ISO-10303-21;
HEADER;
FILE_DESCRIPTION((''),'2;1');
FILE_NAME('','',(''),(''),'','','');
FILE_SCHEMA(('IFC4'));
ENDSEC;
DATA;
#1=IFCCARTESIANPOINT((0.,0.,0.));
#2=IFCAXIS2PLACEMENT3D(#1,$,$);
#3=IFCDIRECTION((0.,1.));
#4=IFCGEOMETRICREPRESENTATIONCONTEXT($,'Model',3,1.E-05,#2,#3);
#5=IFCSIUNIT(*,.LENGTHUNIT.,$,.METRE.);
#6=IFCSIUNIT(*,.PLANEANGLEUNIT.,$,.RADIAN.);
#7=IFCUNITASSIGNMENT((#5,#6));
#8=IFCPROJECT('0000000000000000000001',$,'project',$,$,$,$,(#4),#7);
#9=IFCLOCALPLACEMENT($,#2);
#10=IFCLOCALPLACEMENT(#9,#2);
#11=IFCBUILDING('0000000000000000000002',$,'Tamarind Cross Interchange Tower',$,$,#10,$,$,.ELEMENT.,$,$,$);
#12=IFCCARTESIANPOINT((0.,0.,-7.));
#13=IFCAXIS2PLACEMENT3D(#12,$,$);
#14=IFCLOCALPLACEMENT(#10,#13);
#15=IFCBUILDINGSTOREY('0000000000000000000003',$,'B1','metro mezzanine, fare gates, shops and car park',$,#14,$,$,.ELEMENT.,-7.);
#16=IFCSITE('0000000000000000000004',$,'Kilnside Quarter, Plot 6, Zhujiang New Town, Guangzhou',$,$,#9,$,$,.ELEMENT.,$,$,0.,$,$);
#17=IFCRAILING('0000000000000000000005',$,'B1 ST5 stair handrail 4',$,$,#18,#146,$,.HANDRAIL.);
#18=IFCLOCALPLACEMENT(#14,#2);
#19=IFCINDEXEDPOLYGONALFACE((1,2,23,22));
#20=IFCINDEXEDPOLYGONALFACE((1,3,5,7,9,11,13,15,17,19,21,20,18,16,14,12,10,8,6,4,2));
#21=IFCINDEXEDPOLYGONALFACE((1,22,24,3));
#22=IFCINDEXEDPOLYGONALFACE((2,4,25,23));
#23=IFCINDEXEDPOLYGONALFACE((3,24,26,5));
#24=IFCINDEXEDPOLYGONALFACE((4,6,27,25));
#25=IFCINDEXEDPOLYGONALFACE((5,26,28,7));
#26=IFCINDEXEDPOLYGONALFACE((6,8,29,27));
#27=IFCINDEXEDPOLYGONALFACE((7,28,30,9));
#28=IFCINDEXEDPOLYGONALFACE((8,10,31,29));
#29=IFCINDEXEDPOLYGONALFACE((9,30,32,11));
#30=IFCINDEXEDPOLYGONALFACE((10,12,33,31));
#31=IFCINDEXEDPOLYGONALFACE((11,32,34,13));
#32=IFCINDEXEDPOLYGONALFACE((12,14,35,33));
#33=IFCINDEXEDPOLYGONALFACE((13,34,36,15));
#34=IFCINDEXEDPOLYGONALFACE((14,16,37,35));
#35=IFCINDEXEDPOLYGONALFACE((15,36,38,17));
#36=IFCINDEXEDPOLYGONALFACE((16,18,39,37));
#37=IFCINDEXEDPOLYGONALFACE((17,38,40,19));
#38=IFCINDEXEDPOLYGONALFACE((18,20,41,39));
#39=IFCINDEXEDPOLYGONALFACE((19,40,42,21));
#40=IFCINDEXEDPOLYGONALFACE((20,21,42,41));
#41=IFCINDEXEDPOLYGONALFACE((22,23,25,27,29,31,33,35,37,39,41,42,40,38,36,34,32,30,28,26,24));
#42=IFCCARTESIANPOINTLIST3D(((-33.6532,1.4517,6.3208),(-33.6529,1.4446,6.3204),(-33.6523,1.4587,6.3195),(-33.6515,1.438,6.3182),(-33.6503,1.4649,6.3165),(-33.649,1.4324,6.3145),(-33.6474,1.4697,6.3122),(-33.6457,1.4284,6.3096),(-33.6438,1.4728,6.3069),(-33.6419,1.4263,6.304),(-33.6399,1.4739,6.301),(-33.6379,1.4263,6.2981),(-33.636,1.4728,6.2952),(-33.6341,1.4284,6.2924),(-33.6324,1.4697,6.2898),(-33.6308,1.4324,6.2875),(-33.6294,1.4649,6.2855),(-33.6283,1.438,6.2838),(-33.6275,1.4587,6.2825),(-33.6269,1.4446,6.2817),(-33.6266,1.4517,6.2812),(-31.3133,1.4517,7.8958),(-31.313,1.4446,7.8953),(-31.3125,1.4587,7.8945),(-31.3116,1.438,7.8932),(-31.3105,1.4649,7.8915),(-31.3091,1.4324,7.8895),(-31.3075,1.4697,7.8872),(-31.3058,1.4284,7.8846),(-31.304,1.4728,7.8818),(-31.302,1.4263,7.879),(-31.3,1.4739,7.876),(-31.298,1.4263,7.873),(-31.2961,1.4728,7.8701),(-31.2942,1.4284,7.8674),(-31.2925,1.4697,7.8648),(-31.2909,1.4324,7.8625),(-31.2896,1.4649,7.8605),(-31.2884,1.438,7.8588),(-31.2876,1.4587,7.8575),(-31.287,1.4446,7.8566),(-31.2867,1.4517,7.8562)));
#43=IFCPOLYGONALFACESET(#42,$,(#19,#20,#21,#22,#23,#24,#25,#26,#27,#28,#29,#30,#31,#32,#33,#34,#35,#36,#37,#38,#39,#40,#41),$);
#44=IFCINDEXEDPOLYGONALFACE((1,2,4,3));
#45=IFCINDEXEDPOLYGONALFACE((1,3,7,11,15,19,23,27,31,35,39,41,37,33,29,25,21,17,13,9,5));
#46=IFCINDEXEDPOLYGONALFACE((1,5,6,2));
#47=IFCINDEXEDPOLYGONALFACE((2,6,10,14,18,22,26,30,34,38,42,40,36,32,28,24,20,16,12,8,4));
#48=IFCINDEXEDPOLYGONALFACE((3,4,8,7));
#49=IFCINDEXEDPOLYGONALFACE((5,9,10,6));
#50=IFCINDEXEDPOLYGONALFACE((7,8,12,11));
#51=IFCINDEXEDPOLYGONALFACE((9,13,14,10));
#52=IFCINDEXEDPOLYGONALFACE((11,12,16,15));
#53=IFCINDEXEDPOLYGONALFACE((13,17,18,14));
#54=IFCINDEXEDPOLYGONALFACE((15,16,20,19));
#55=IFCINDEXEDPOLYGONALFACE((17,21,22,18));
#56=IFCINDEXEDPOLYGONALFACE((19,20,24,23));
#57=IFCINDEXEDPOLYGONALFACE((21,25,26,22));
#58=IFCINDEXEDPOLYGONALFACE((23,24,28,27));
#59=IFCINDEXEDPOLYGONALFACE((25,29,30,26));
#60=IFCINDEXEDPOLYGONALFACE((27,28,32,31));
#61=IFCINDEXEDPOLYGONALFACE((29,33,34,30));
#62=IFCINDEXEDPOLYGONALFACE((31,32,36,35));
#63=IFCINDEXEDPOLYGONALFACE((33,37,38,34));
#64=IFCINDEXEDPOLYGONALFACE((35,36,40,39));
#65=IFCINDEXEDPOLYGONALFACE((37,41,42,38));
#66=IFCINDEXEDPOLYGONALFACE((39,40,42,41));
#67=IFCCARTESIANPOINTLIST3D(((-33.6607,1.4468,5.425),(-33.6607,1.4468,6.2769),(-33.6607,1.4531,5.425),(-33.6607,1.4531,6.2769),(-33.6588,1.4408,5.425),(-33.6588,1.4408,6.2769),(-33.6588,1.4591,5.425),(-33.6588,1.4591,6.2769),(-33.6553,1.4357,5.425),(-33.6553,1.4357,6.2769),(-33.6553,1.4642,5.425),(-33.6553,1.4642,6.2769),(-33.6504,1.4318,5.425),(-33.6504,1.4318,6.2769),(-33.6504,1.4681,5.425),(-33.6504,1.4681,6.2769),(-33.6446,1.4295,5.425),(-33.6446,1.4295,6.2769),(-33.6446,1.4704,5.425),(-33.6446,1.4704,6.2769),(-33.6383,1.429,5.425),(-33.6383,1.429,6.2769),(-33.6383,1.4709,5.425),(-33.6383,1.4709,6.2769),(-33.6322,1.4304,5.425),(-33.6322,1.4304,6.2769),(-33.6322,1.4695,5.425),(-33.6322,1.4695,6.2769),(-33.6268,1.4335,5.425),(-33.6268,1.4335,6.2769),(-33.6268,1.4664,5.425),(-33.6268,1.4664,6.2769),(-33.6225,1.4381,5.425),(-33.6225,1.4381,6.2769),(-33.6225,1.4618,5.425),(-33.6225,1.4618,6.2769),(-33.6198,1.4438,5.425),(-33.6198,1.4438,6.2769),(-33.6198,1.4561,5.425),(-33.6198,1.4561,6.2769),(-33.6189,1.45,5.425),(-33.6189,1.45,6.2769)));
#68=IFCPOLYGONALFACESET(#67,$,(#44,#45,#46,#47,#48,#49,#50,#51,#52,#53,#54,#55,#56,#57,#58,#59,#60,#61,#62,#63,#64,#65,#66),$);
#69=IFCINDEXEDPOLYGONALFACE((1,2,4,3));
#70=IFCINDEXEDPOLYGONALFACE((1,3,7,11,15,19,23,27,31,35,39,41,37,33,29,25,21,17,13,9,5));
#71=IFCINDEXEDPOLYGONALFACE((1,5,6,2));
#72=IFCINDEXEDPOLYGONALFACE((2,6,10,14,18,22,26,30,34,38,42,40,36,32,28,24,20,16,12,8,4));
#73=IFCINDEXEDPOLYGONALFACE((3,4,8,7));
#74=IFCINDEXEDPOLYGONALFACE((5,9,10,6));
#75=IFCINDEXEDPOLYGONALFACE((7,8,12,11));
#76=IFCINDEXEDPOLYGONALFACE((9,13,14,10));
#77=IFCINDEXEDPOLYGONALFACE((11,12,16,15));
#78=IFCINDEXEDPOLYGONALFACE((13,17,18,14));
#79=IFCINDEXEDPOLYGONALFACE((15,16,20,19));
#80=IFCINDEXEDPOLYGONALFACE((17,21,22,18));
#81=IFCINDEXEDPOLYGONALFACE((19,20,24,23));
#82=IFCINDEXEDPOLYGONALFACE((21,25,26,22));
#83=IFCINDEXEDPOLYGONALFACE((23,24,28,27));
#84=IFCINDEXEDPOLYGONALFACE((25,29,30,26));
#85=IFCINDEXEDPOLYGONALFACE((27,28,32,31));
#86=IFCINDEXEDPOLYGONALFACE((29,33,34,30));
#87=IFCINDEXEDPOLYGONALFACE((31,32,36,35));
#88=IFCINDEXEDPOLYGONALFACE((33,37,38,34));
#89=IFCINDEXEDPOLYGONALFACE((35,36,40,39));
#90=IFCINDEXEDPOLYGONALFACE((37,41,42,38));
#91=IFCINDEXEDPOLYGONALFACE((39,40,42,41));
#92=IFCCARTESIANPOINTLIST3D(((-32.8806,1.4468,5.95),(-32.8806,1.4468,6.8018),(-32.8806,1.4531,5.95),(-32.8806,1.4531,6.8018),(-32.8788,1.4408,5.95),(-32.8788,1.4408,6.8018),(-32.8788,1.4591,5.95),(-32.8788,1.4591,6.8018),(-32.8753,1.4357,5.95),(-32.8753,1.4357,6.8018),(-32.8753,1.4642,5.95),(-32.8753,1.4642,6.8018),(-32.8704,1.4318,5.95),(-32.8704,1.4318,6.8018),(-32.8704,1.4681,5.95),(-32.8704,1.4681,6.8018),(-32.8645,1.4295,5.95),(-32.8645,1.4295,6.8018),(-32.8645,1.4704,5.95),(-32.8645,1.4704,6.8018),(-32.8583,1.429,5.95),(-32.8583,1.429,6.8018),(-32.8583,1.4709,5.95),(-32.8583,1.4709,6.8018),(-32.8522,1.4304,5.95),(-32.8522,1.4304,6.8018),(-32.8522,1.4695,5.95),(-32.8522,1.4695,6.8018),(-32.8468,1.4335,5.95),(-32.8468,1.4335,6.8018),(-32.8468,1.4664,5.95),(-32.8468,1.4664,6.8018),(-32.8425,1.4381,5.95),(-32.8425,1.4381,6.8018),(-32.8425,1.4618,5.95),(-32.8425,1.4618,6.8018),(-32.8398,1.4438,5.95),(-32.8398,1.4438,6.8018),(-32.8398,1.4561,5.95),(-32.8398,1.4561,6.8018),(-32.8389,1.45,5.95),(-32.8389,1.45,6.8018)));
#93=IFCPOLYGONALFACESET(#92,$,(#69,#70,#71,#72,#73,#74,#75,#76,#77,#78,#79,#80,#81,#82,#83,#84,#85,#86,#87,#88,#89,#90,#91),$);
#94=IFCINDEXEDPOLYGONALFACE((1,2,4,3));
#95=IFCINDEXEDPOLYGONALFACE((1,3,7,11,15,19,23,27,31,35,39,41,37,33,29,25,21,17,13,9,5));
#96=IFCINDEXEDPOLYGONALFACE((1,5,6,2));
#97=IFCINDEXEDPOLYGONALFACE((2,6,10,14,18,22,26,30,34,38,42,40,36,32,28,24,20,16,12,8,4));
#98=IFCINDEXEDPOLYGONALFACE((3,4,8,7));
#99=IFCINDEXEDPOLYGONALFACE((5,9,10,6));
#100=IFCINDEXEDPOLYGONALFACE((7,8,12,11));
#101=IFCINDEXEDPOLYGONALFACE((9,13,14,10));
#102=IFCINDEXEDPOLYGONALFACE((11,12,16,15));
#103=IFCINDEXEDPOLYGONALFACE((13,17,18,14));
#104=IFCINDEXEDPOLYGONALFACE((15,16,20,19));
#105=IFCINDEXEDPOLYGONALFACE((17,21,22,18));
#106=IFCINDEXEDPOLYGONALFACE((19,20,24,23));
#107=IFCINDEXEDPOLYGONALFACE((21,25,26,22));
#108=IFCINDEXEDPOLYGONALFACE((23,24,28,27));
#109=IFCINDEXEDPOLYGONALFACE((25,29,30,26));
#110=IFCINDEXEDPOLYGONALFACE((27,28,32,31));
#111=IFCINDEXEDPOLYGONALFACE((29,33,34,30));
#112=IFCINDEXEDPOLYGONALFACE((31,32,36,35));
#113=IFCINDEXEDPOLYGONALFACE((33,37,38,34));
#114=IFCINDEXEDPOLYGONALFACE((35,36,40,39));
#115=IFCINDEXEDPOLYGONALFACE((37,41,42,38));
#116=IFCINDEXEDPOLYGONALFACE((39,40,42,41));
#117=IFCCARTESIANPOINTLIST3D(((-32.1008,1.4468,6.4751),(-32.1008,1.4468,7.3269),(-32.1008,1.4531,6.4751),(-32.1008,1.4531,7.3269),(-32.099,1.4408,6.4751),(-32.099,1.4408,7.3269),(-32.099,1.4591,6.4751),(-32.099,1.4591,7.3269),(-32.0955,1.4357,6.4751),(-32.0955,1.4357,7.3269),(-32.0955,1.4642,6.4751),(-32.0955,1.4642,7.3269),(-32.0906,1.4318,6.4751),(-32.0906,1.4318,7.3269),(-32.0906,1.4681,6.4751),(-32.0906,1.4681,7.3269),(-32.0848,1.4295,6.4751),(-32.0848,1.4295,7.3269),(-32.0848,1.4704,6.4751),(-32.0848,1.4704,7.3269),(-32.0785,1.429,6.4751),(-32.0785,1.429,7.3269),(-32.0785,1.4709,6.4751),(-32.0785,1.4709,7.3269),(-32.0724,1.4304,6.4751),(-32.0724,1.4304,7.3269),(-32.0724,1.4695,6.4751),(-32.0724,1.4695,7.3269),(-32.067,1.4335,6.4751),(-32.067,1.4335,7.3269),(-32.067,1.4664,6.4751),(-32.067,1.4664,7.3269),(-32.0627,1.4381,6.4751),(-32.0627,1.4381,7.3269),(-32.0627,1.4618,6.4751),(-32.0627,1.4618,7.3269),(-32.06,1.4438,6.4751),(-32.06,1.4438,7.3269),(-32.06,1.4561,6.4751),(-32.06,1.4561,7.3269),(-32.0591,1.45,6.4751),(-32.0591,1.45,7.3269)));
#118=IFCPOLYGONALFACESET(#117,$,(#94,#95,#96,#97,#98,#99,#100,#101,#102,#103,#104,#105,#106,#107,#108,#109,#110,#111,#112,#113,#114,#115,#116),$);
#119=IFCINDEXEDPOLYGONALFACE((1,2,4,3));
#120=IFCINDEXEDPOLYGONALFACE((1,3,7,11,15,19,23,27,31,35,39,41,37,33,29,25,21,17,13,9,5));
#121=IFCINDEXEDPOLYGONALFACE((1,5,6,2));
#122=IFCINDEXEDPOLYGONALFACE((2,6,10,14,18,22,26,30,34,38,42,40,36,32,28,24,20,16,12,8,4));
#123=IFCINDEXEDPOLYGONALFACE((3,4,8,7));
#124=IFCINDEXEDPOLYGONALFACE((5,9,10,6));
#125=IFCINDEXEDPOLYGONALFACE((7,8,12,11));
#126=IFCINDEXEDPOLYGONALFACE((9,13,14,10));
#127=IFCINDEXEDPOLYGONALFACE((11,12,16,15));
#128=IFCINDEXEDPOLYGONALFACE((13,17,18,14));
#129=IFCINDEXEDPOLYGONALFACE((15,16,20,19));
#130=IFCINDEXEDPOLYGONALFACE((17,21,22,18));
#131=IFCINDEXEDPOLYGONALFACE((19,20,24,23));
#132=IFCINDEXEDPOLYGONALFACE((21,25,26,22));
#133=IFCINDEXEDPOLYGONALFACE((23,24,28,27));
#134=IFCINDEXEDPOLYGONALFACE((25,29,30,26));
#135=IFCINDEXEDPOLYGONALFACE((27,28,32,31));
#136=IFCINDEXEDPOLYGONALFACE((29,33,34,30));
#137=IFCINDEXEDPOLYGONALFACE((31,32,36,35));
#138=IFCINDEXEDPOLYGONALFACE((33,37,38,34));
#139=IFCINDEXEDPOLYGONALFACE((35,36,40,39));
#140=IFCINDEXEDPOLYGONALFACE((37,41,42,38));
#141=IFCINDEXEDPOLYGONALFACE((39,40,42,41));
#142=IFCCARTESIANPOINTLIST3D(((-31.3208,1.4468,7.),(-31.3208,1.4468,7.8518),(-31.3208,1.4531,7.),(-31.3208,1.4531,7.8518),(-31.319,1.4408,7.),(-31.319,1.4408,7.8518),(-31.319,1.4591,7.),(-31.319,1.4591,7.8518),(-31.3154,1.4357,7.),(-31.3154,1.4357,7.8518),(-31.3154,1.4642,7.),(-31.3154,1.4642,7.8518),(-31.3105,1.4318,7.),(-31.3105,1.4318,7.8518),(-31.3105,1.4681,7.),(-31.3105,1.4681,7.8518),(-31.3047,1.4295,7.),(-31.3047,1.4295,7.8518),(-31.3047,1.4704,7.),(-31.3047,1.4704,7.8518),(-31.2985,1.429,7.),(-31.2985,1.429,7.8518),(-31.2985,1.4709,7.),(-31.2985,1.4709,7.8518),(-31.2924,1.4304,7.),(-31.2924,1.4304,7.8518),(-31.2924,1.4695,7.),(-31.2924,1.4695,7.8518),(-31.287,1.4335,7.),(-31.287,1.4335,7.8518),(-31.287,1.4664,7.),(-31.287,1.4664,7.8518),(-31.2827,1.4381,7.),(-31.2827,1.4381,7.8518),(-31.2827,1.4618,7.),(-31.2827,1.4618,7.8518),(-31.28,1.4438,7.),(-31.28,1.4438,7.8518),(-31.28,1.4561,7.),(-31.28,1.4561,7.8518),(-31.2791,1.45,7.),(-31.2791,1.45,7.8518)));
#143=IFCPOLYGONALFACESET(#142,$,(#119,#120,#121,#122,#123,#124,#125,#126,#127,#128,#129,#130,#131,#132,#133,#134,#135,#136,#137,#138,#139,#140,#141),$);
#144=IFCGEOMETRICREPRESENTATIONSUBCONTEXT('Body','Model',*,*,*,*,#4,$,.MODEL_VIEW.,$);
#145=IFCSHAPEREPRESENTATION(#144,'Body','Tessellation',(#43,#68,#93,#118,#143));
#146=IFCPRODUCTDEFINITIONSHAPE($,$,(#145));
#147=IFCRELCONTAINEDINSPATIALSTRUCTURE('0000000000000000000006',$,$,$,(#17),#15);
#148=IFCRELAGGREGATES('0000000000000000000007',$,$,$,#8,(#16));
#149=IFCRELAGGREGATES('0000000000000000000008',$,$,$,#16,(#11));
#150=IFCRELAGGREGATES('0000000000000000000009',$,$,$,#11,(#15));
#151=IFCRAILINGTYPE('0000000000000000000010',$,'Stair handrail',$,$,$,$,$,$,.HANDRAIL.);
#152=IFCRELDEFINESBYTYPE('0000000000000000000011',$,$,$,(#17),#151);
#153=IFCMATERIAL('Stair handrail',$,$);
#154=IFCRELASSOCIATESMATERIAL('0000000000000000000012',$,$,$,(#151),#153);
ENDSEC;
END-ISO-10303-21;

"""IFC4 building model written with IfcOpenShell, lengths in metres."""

from ifc_helpers import new_model, si_unit, direction, frame, origin, origin_2d, place, context, subcontext, project, spatial, circle, extrude, material, type_object, element, save


model = new_model("IFC4")

# Units and contexts
model_context = context("Model", 3, precision=1e-05, world=origin(), true_north=direction((0.0, 1.0)))
body_context = subcontext(model_context, "Body", "Model", "MODEL_VIEW")
ifc_project = project(units=[si_unit("LENGTHUNIT", "METRE"), si_unit("PLANEANGLEUNIT", "RADIAN")], contexts=[model_context])

# Site, building, storey
site_placement = place(None, origin())
site = spatial("IfcSite", under=ifc_project, at=site_placement, Name="Kilnside Quarter, Plot 6, Zhujiang New Town, Guangzhou", CompositionType="ELEMENT", RefElevation=0.0)
building_placement = place(site_placement, origin())
building = spatial("IfcBuilding", under=site, at=building_placement, Name="Tamarind Cross Interchange Tower", CompositionType="ELEMENT")
storey_placement = place(building_placement, frame((0.0, 0.0, -7.0)))
storey = spatial("IfcBuildingStorey", under=building, at=storey_placement, Name="B1", Description="metro mezzanine, fare gates, shops and car park", CompositionType="ELEMENT", Elevation=-7.0)

# Railing
ifc_material_1 = material(Name="Stair handrail")
railing_type_1 = type_object("IfcRailingType", Name="Stair handrail", PredefinedType="HANDRAIL", material=ifc_material_1)
railing_1_placement = place(storey_placement, frame((-33.6399, 1.45, 5.425)))
element("IfcRailing", 1, at=railing_1_placement, inside=storey, type_object=railing_type_1, Name="B1 ST5 stair handrail 4", PredefinedType="HANDRAIL", context=body_context, shape_type="SweptSolid", body=[
    extrude(circle(Radius=0.0239, at=origin_2d()), frame((0.0, 0.0, 0.876), z_axis=(0.829578, 0.0, 0.55839), x_axis=(0.0, 1.0, 0.0)), (0.0, 0.0, 1.0), 2.8206),
    extrude(circle(Radius=0.021, at=origin_2d()), origin(), (0.0, 0.0, 1.0), 0.8518),
    extrude(circle(Radius=0.021, at=origin_2d()), frame((0.78, 0.0, 0.5249)), (0.0, 0.0, 1.0), 0.8518),
    extrude(circle(Radius=0.021, at=origin_2d()), frame((1.5598, 0.0, 1.05)), (0.0, 0.0, 1.0), 0.8518),
    extrude(circle(Radius=0.021, at=origin_2d()), frame((2.3398, 0.0, 1.575)), (0.0, 0.0, 1.0), 0.8518),
])

save(model, "model.ifc")
